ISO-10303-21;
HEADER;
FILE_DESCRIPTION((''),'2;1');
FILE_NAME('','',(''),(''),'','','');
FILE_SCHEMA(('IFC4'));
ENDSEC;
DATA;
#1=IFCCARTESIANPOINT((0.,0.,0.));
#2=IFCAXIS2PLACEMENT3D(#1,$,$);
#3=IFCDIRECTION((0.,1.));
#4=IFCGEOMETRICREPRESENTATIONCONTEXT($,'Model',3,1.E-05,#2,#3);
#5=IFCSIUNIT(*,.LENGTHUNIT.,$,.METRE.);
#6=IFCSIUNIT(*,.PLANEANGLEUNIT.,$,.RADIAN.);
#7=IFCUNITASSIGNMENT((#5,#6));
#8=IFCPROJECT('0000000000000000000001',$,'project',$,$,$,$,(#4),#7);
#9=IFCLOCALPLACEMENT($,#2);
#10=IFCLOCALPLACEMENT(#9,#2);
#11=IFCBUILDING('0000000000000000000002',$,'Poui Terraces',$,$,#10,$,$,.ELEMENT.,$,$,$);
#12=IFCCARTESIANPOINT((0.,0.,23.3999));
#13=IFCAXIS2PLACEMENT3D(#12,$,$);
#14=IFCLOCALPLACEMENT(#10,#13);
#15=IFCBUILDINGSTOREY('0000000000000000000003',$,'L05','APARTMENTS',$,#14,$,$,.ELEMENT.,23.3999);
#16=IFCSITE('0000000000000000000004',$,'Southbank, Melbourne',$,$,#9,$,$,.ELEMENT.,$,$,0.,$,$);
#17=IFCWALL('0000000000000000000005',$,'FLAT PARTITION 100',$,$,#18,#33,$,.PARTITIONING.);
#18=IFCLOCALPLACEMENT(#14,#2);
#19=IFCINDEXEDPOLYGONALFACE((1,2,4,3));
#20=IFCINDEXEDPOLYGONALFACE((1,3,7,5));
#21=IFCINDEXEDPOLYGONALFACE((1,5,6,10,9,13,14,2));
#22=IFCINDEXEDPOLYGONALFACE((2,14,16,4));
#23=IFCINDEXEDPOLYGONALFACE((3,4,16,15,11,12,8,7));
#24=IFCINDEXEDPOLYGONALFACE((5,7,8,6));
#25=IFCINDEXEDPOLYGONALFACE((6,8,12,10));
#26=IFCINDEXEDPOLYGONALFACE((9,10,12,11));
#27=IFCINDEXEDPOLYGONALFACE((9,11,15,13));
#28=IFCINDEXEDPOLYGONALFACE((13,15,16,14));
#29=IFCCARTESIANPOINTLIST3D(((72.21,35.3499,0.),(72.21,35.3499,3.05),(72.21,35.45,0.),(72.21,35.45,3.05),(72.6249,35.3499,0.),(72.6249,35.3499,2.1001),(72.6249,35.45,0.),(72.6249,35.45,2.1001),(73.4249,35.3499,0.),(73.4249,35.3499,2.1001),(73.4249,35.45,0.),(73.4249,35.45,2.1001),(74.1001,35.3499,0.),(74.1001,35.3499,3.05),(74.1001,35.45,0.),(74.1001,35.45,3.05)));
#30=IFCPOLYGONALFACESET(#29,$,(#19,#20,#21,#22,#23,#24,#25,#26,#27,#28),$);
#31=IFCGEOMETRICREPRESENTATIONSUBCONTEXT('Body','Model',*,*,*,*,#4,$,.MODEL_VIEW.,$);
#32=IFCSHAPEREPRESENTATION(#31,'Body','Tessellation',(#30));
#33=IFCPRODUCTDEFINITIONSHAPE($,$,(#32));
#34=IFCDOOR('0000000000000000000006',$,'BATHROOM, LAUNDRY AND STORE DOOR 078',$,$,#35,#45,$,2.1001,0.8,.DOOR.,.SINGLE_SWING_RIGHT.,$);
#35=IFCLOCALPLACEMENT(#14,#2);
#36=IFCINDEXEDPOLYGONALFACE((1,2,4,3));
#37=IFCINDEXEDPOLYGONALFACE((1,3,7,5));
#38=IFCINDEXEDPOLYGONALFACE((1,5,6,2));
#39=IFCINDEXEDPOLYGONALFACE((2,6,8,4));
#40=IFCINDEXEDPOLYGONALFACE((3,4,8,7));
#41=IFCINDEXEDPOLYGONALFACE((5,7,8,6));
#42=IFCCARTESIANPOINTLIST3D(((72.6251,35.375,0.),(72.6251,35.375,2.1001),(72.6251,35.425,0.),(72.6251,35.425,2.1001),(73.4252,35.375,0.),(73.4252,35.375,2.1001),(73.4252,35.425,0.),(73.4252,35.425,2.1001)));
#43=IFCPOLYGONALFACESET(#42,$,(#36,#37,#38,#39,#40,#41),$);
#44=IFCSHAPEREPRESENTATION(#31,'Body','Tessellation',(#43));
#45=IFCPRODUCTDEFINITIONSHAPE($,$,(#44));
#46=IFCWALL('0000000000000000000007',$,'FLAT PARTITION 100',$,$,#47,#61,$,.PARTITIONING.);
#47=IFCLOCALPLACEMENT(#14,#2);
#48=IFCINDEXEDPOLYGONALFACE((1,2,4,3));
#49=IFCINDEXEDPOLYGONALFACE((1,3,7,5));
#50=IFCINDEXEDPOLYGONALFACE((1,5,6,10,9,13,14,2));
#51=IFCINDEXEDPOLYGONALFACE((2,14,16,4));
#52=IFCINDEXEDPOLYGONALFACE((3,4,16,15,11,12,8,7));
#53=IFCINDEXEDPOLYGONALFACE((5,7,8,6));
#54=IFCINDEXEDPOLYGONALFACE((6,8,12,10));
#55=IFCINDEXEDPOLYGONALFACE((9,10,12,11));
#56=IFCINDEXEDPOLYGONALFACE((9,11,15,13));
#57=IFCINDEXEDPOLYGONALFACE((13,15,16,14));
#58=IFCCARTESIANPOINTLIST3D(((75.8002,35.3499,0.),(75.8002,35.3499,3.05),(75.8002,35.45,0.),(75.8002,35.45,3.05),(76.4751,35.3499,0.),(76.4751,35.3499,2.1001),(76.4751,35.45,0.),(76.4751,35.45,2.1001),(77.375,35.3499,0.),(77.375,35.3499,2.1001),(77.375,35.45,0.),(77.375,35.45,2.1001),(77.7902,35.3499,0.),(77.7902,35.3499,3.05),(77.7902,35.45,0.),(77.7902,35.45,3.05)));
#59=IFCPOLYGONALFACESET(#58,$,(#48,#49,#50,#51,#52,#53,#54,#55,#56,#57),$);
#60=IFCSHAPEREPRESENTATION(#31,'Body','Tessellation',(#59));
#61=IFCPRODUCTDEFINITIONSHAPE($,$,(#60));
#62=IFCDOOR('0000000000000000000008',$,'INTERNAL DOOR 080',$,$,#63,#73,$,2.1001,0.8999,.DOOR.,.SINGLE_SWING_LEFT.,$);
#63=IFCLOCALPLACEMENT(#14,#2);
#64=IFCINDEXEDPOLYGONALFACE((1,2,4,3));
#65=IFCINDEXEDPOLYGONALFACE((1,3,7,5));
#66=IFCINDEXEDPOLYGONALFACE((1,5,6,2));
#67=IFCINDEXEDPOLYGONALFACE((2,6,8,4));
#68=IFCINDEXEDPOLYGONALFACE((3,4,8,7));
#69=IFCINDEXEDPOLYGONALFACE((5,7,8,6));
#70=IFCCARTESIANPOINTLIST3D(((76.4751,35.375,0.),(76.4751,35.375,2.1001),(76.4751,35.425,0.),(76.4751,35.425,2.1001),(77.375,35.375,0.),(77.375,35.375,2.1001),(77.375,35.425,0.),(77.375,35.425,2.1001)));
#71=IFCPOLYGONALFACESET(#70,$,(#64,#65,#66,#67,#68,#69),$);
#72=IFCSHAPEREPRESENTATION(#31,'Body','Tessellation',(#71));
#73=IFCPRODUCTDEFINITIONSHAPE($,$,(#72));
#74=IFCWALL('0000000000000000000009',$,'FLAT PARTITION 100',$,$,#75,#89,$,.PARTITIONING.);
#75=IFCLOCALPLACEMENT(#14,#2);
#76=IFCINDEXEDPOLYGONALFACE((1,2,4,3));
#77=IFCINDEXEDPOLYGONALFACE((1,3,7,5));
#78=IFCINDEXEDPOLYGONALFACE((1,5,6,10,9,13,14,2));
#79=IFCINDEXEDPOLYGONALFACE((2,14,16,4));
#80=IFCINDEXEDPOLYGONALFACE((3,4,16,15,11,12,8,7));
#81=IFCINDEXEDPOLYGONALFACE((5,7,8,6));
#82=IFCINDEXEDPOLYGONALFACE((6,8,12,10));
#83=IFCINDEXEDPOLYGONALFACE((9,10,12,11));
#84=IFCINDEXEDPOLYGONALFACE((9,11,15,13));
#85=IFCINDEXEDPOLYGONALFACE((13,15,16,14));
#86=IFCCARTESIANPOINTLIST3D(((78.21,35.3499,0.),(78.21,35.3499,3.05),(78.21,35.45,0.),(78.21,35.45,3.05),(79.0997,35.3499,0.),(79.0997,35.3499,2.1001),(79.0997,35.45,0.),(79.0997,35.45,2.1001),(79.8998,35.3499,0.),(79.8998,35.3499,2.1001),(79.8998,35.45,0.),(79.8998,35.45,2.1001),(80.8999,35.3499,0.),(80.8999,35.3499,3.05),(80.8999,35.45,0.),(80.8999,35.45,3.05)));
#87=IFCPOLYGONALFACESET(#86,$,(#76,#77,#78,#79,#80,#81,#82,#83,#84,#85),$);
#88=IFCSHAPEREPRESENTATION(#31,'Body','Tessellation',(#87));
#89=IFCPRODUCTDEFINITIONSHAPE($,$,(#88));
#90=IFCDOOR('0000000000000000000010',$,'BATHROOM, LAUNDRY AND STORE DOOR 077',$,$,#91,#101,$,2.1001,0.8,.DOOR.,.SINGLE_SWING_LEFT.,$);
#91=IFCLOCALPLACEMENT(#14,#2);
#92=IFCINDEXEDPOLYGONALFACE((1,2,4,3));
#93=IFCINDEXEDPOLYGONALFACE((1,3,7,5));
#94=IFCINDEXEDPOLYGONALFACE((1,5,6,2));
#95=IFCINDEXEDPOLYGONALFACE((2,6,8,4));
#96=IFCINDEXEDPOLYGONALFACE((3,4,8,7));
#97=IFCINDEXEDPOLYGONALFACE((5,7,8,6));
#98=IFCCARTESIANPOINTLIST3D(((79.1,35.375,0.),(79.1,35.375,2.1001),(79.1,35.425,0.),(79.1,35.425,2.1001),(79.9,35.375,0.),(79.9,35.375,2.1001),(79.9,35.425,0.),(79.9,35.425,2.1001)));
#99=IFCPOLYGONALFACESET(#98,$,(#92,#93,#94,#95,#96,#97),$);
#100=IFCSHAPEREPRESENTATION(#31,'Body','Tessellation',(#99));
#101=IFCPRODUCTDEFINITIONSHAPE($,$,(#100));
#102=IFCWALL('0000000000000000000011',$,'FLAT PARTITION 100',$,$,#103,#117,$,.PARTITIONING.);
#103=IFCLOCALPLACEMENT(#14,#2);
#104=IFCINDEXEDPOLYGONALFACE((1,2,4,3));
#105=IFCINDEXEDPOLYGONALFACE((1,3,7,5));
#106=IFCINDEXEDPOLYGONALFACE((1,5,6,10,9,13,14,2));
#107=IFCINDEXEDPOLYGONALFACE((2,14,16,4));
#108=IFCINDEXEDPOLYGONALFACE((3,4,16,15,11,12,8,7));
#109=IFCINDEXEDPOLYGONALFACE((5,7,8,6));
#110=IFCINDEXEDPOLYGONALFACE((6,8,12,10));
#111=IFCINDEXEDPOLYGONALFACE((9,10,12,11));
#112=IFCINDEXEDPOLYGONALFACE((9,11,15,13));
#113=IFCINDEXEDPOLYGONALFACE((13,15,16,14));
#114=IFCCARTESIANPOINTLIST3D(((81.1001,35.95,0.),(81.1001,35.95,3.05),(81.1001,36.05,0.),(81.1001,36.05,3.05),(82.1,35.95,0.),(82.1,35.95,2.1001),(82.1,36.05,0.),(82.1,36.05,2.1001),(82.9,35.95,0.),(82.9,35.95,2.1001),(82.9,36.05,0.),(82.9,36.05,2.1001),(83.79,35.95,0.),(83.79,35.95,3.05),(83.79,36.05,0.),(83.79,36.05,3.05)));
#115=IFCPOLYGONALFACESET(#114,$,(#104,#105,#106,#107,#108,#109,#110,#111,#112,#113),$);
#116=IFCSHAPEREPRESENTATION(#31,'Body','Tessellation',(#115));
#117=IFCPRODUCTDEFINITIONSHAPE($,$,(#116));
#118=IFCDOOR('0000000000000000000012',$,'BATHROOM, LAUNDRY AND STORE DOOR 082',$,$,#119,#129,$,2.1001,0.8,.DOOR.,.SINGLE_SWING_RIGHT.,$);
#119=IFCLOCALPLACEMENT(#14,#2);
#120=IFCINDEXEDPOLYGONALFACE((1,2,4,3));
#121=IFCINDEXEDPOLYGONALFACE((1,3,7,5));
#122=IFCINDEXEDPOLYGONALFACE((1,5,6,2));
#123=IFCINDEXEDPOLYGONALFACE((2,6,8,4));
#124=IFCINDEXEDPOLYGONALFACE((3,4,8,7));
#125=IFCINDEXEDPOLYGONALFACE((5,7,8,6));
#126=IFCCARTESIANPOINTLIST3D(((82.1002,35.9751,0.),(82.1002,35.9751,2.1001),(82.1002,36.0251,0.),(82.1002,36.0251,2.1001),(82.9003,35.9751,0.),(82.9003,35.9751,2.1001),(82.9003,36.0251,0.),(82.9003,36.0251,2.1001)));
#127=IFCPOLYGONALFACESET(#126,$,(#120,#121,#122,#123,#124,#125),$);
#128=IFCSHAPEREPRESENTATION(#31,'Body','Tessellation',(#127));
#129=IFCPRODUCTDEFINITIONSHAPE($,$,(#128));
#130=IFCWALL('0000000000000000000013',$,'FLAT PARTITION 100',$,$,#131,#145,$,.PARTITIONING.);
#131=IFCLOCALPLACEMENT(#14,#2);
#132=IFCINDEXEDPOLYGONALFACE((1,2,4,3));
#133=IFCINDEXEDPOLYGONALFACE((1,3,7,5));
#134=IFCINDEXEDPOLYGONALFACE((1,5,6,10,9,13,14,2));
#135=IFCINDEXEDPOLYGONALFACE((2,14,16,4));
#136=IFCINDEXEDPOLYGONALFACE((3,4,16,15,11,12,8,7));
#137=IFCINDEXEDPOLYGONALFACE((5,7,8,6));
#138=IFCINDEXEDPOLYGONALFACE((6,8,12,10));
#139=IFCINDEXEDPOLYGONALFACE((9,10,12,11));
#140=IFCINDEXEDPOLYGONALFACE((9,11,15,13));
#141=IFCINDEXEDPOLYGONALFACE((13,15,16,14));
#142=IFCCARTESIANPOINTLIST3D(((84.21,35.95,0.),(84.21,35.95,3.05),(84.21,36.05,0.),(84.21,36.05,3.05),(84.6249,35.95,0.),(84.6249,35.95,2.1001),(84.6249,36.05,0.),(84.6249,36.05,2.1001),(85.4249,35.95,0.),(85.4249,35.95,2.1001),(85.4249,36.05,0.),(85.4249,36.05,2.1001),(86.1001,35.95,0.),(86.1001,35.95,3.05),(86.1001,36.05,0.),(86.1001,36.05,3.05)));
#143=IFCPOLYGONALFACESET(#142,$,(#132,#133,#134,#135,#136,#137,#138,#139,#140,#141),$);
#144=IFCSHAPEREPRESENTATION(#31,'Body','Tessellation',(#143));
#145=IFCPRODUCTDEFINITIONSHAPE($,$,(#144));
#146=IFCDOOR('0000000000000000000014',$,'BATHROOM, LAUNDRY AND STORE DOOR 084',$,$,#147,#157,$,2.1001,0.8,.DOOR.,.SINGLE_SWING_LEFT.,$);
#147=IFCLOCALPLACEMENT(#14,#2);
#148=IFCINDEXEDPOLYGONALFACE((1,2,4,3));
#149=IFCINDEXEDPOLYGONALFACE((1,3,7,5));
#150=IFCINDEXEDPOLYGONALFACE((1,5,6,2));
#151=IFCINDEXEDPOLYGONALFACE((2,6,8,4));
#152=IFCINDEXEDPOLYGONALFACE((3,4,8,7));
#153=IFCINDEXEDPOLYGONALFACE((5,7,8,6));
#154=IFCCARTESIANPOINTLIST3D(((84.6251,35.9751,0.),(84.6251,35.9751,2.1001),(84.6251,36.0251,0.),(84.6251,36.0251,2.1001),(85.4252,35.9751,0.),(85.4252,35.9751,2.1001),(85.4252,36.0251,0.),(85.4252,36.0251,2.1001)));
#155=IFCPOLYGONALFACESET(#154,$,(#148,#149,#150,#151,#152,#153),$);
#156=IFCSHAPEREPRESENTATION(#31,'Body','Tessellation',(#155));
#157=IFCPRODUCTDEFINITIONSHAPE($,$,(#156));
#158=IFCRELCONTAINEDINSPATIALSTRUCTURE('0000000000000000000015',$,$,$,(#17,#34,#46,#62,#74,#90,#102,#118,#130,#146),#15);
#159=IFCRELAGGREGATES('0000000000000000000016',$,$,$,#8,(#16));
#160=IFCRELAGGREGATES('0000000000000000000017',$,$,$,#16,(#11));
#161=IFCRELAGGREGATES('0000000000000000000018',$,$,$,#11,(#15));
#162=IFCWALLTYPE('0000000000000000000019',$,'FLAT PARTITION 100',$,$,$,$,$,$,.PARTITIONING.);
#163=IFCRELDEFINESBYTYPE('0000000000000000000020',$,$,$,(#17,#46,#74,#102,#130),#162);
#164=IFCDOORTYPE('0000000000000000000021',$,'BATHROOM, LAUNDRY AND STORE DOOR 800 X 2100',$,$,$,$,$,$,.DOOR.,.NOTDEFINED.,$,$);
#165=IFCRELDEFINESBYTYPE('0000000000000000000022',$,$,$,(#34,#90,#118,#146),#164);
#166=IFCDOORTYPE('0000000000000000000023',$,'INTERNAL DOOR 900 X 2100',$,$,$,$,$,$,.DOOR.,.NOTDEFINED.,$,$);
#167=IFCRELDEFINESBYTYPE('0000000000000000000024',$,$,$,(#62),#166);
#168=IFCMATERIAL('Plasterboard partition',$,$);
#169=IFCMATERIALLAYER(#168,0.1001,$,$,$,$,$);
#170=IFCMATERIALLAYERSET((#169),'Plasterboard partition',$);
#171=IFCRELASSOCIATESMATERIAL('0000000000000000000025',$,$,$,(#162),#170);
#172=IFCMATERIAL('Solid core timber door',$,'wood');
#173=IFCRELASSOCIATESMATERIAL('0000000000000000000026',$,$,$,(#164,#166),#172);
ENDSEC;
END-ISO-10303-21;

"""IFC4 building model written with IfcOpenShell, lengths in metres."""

from ifc_helpers import new_model, si_unit, direction, frame, frame_2d, origin, place, context, subcontext, project, spatial, rectangle, extrude, material, layer, layer_set, type_object, element, fill, save


model = new_model("IFC4")

# Units and contexts
model_context = context("Model", 3, precision=1e-05, world=origin(), true_north=direction((0.0, 1.0)))
body_context = subcontext(model_context, "Body", "Model", "MODEL_VIEW")
ifc_project = project(units=[si_unit("LENGTHUNIT", "METRE"), si_unit("PLANEANGLEUNIT", "RADIAN")], contexts=[model_context])

# Site, building, storey
site_placement = place(None, origin())
site = spatial("IfcSite", under=ifc_project, at=site_placement, Name="Southbank, Melbourne", CompositionType="ELEMENT", RefElevation=0.0)
building_placement = place(site_placement, origin())
building = spatial("IfcBuilding", under=site, at=building_placement, Name="Poui Terraces", CompositionType="ELEMENT")
storey_placement = place(building_placement, frame((0.0, 0.0, 23.3999)))
storey = spatial("IfcBuildingStorey", under=building, at=storey_placement, Name="L05", Description="APARTMENTS", CompositionType="ELEMENT", Elevation=23.3999)

# Walls, openings, doors
ifc_material_1 = material(Name="Plasterboard partition")
ifc_layer_1 = layer(ifc_material_1, 0.1001)
ifc_layer_set_1 = layer_set([ifc_layer_1], Name="Plasterboard partition")
wall_type_1 = type_object("IfcWallType", Name="FLAT PARTITION 100", PredefinedType="PARTITIONING", material=ifc_layer_set_1)
wall_1_placement = place(storey_placement, frame((72.21, 35.3999, 0.0), z_axis=(0.0, 0.0, 1.0), x_axis=(1.0, 0.0, 0.0)))
wall_1 = element("IfcWall", 1, at=wall_1_placement, inside=storey, type_object=wall_type_1, Name="FLAT PARTITION 100", PredefinedType="PARTITIONING", context=body_context, shape_type="SweptSolid", body=[
    extrude(rectangle(XDim=1.8901, YDim=0.1001, at=frame_2d((0.9451, 0.0))), origin(), (0.0, 0.0, 1.0), 3.05),
])
opening_1_placement = place(wall_1_placement, frame((0.415, 0.0, 0.0)))
opening_1 = element("IfcOpeningElement", 2, at=opening_1_placement, cuts=wall_1, PredefinedType="OPENING", context=body_context, shape_type="SweptSolid", body=[
    extrude(rectangle(XDim=0.8, YDim=2.1001, at=frame_2d((0.3999, 1.05))), frame((0.0, 0.0601, 0.0), z_axis=(0.0, -1.0, 0.0), x_axis=(1.0, 0.0, 0.0)), (0.0, 0.0, 1.0), 0.1201),
])
ifc_material_2 = material(Name="Solid core timber door", Category="wood")
door_type_1 = type_object("IfcDoorType", Name="BATHROOM, LAUNDRY AND STORE DOOR 800 X 2100", OperationType="NOTDEFINED", PredefinedType="DOOR", material=ifc_material_2)
door_1_placement = place(opening_1_placement, frame((0.8, 0.0, 0.0), z_axis=(0.0, 0.0, 1.0), x_axis=(-1.0, 0.0, 0.0)))
door_1 = element("IfcDoor", 3, at=door_1_placement, inside=storey, type_object=door_type_1, Name="BATHROOM, LAUNDRY AND STORE DOOR 078", OperationType="SINGLE_SWING_RIGHT", OverallHeight=2.1001, OverallWidth=0.8, PredefinedType="DOOR", context=body_context, shape_type="SweptSolid", body=[
    extrude(rectangle(XDim=0.8, YDim=2.1001, at=frame_2d((0.3999, 1.05))), frame((0.0, 0.0249, 0.0), z_axis=(0.0, -1.0, 0.0), x_axis=(1.0, 0.0, 0.0)), (0.0, 0.0, 1.0), 0.05),
])
fill(opening_1, door_1)
wall_2_placement = place(storey_placement, frame((75.8, 35.3999, 0.0), z_axis=(0.0, 0.0, 1.0), x_axis=(1.0, 0.0, 0.0)))
wall_2 = element("IfcWall", 4, at=wall_2_placement, inside=storey, type_object=wall_type_1, Name="FLAT PARTITION 100", PredefinedType="PARTITIONING", context=body_context, shape_type="SweptSolid", body=[
    extrude(rectangle(XDim=1.99, YDim=0.1001, at=frame_2d((0.9951, 0.0))), origin(), (0.0, 0.0, 1.0), 3.05),
])
opening_2_placement = place(wall_2_placement, frame((0.675, 0.0, 0.0)))
opening_2 = element("IfcOpeningElement", 5, at=opening_2_placement, cuts=wall_2, PredefinedType="OPENING", context=body_context, shape_type="SweptSolid", body=[
    extrude(rectangle(XDim=0.8999, YDim=2.1001, at=frame_2d((0.45, 1.05))), frame((0.0, 0.0601, 0.0), z_axis=(0.0, -1.0, 0.0), x_axis=(1.0, 0.0, 0.0)), (0.0, 0.0, 1.0), 0.1201),
])
door_type_2 = type_object("IfcDoorType", Name="INTERNAL DOOR 900 X 2100", OperationType="NOTDEFINED", PredefinedType="DOOR", material=ifc_material_2)
door_2_placement = place(opening_2_placement, frame((0.8999, 0.0, 0.0), z_axis=(0.0, 0.0, 1.0), x_axis=(-1.0, 0.0, 0.0)))
door_2 = element("IfcDoor", 6, at=door_2_placement, inside=storey, type_object=door_type_2, Name="INTERNAL DOOR 080", OperationType="SINGLE_SWING_LEFT", OverallHeight=2.1001, OverallWidth=0.8999, PredefinedType="DOOR", context=body_context, shape_type="SweptSolid", body=[
    extrude(rectangle(XDim=0.8999, YDim=2.1001, at=frame_2d((0.45, 1.05))), frame((0.0, 0.0249, 0.0), z_axis=(0.0, -1.0, 0.0), x_axis=(1.0, 0.0, 0.0)), (0.0, 0.0, 1.0), 0.05),
])
fill(opening_2, door_2)
wall_3_placement = place(storey_placement, frame((78.21, 35.3999, 0.0), z_axis=(0.0, 0.0, 1.0), x_axis=(1.0, 0.0, 0.0)))
wall_3 = element("IfcWall", 7, at=wall_3_placement, inside=storey, type_object=wall_type_1, Name="FLAT PARTITION 100", PredefinedType="PARTITIONING", context=body_context, shape_type="SweptSolid", body=[
    extrude(rectangle(XDim=2.6899, YDim=0.1001, at=frame_2d((1.345, 0.0))), origin(), (0.0, 0.0, 1.0), 3.05),
])
opening_3_placement = place(wall_3_placement, frame((0.8899, 0.0, 0.0)))
opening_3 = element("IfcOpeningElement", 8, at=opening_3_placement, cuts=wall_3, PredefinedType="OPENING", context=body_context, shape_type="SweptSolid", body=[
    extrude(rectangle(XDim=0.8, YDim=2.1001, at=frame_2d((0.3999, 1.05))), frame((0.0, 0.0601, 0.0), z_axis=(0.0, -1.0, 0.0), x_axis=(1.0, 0.0, 0.0)), (0.0, 0.0, 1.0), 0.1201),
])
door_3_placement = place(opening_3_placement, frame((0.8, 0.0, 0.0), z_axis=(0.0, 0.0, 1.0), x_axis=(-1.0, 0.0, 0.0)))
door_3 = element("IfcDoor", 9, at=door_3_placement, inside=storey, type_object=door_type_1, Name="BATHROOM, LAUNDRY AND STORE DOOR 077", OperationType="SINGLE_SWING_LEFT", OverallHeight=2.1001, OverallWidth=0.8, PredefinedType="DOOR", context=body_context, shape_type="SweptSolid", body=[
    extrude(rectangle(XDim=0.8, YDim=2.1001, at=frame_2d((0.3999, 1.05))), frame((0.0, 0.0249, 0.0), z_axis=(0.0, -1.0, 0.0), x_axis=(1.0, 0.0, 0.0)), (0.0, 0.0, 1.0), 0.05),
])
fill(opening_3, door_3)
wall_4_placement = place(storey_placement, frame((81.1001, 36.0, 0.0), z_axis=(0.0, 0.0, 1.0), x_axis=(1.0, 0.0, 0.0)))
wall_4 = element("IfcWall", 10, at=wall_4_placement, inside=storey, type_object=wall_type_1, Name="FLAT PARTITION 100", PredefinedType="PARTITIONING", context=body_context, shape_type="SweptSolid", body=[
    extrude(rectangle(XDim=2.6899, YDim=0.1001, at=frame_2d((1.345, 0.0))), origin(), (0.0, 0.0, 1.0), 3.05),
])
opening_4_placement = place(wall_4_placement, frame((1.0, 0.0, 0.0)))
opening_4 = element("IfcOpeningElement", 11, at=opening_4_placement, cuts=wall_4, PredefinedType="OPENING", context=body_context, shape_type="SweptSolid", body=[
    extrude(rectangle(XDim=0.8, YDim=2.1001, at=frame_2d((0.3999, 1.05))), frame((0.0, 0.0601, 0.0), z_axis=(0.0, -1.0, 0.0), x_axis=(1.0, 0.0, 0.0)), (0.0, 0.0, 1.0), 0.1201),
])
door_4_placement = place(opening_4_placement, frame((0.8, 0.0, 0.0), z_axis=(0.0, 0.0, 1.0), x_axis=(-1.0, 0.0, 0.0)))
door_4 = element("IfcDoor", 12, at=door_4_placement, inside=storey, type_object=door_type_1, Name="BATHROOM, LAUNDRY AND STORE DOOR 082", OperationType="SINGLE_SWING_RIGHT", OverallHeight=2.1001, OverallWidth=0.8, PredefinedType="DOOR", context=body_context, shape_type="SweptSolid", body=[
    extrude(rectangle(XDim=0.8, YDim=2.1001, at=frame_2d((0.3999, 1.05))), frame((0.0, 0.0249, 0.0), z_axis=(0.0, -1.0, 0.0), x_axis=(1.0, 0.0, 0.0)), (0.0, 0.0, 1.0), 0.05),
])
fill(opening_4, door_4)
wall_5_placement = place(storey_placement, frame((84.21, 36.0, 0.0), z_axis=(0.0, 0.0, 1.0), x_axis=(1.0, 0.0, 0.0)))
wall_5 = element("IfcWall", 13, at=wall_5_placement, inside=storey, type_object=wall_type_1, Name="FLAT PARTITION 100", PredefinedType="PARTITIONING", context=body_context, shape_type="SweptSolid", body=[
    extrude(rectangle(XDim=1.8901, YDim=0.1001, at=frame_2d((0.9451, 0.0))), origin(), (0.0, 0.0, 1.0), 3.05),
])
opening_5_placement = place(wall_5_placement, frame((0.415, 0.0, 0.0)))
opening_5 = element("IfcOpeningElement", 14, at=opening_5_placement, cuts=wall_5, PredefinedType="OPENING", context=body_context, shape_type="SweptSolid", body=[
    extrude(rectangle(XDim=0.8, YDim=2.1001, at=frame_2d((0.3999, 1.05))), frame((0.0, 0.0601, 0.0), z_axis=(0.0, -1.0, 0.0), x_axis=(1.0, 0.0, 0.0)), (0.0, 0.0, 1.0), 0.1201),
])
door_5_placement = place(opening_5_placement, frame((0.8, 0.0, 0.0), z_axis=(0.0, 0.0, 1.0), x_axis=(-1.0, 0.0, 0.0)))
door_5 = element("IfcDoor", 15, at=door_5_placement, inside=storey, type_object=door_type_1, Name="BATHROOM, LAUNDRY AND STORE DOOR 084", OperationType="SINGLE_SWING_LEFT", OverallHeight=2.1001, OverallWidth=0.8, PredefinedType="DOOR", context=body_context, shape_type="SweptSolid", body=[
    extrude(rectangle(XDim=0.8, YDim=2.1001, at=frame_2d((0.3999, 1.05))), frame((0.0, 0.0249, 0.0), z_axis=(0.0, -1.0, 0.0), x_axis=(1.0, 0.0, 0.0)), (0.0, 0.0, 1.0), 0.05),
])
fill(opening_5, door_5)

save(model, "model.ifc")
